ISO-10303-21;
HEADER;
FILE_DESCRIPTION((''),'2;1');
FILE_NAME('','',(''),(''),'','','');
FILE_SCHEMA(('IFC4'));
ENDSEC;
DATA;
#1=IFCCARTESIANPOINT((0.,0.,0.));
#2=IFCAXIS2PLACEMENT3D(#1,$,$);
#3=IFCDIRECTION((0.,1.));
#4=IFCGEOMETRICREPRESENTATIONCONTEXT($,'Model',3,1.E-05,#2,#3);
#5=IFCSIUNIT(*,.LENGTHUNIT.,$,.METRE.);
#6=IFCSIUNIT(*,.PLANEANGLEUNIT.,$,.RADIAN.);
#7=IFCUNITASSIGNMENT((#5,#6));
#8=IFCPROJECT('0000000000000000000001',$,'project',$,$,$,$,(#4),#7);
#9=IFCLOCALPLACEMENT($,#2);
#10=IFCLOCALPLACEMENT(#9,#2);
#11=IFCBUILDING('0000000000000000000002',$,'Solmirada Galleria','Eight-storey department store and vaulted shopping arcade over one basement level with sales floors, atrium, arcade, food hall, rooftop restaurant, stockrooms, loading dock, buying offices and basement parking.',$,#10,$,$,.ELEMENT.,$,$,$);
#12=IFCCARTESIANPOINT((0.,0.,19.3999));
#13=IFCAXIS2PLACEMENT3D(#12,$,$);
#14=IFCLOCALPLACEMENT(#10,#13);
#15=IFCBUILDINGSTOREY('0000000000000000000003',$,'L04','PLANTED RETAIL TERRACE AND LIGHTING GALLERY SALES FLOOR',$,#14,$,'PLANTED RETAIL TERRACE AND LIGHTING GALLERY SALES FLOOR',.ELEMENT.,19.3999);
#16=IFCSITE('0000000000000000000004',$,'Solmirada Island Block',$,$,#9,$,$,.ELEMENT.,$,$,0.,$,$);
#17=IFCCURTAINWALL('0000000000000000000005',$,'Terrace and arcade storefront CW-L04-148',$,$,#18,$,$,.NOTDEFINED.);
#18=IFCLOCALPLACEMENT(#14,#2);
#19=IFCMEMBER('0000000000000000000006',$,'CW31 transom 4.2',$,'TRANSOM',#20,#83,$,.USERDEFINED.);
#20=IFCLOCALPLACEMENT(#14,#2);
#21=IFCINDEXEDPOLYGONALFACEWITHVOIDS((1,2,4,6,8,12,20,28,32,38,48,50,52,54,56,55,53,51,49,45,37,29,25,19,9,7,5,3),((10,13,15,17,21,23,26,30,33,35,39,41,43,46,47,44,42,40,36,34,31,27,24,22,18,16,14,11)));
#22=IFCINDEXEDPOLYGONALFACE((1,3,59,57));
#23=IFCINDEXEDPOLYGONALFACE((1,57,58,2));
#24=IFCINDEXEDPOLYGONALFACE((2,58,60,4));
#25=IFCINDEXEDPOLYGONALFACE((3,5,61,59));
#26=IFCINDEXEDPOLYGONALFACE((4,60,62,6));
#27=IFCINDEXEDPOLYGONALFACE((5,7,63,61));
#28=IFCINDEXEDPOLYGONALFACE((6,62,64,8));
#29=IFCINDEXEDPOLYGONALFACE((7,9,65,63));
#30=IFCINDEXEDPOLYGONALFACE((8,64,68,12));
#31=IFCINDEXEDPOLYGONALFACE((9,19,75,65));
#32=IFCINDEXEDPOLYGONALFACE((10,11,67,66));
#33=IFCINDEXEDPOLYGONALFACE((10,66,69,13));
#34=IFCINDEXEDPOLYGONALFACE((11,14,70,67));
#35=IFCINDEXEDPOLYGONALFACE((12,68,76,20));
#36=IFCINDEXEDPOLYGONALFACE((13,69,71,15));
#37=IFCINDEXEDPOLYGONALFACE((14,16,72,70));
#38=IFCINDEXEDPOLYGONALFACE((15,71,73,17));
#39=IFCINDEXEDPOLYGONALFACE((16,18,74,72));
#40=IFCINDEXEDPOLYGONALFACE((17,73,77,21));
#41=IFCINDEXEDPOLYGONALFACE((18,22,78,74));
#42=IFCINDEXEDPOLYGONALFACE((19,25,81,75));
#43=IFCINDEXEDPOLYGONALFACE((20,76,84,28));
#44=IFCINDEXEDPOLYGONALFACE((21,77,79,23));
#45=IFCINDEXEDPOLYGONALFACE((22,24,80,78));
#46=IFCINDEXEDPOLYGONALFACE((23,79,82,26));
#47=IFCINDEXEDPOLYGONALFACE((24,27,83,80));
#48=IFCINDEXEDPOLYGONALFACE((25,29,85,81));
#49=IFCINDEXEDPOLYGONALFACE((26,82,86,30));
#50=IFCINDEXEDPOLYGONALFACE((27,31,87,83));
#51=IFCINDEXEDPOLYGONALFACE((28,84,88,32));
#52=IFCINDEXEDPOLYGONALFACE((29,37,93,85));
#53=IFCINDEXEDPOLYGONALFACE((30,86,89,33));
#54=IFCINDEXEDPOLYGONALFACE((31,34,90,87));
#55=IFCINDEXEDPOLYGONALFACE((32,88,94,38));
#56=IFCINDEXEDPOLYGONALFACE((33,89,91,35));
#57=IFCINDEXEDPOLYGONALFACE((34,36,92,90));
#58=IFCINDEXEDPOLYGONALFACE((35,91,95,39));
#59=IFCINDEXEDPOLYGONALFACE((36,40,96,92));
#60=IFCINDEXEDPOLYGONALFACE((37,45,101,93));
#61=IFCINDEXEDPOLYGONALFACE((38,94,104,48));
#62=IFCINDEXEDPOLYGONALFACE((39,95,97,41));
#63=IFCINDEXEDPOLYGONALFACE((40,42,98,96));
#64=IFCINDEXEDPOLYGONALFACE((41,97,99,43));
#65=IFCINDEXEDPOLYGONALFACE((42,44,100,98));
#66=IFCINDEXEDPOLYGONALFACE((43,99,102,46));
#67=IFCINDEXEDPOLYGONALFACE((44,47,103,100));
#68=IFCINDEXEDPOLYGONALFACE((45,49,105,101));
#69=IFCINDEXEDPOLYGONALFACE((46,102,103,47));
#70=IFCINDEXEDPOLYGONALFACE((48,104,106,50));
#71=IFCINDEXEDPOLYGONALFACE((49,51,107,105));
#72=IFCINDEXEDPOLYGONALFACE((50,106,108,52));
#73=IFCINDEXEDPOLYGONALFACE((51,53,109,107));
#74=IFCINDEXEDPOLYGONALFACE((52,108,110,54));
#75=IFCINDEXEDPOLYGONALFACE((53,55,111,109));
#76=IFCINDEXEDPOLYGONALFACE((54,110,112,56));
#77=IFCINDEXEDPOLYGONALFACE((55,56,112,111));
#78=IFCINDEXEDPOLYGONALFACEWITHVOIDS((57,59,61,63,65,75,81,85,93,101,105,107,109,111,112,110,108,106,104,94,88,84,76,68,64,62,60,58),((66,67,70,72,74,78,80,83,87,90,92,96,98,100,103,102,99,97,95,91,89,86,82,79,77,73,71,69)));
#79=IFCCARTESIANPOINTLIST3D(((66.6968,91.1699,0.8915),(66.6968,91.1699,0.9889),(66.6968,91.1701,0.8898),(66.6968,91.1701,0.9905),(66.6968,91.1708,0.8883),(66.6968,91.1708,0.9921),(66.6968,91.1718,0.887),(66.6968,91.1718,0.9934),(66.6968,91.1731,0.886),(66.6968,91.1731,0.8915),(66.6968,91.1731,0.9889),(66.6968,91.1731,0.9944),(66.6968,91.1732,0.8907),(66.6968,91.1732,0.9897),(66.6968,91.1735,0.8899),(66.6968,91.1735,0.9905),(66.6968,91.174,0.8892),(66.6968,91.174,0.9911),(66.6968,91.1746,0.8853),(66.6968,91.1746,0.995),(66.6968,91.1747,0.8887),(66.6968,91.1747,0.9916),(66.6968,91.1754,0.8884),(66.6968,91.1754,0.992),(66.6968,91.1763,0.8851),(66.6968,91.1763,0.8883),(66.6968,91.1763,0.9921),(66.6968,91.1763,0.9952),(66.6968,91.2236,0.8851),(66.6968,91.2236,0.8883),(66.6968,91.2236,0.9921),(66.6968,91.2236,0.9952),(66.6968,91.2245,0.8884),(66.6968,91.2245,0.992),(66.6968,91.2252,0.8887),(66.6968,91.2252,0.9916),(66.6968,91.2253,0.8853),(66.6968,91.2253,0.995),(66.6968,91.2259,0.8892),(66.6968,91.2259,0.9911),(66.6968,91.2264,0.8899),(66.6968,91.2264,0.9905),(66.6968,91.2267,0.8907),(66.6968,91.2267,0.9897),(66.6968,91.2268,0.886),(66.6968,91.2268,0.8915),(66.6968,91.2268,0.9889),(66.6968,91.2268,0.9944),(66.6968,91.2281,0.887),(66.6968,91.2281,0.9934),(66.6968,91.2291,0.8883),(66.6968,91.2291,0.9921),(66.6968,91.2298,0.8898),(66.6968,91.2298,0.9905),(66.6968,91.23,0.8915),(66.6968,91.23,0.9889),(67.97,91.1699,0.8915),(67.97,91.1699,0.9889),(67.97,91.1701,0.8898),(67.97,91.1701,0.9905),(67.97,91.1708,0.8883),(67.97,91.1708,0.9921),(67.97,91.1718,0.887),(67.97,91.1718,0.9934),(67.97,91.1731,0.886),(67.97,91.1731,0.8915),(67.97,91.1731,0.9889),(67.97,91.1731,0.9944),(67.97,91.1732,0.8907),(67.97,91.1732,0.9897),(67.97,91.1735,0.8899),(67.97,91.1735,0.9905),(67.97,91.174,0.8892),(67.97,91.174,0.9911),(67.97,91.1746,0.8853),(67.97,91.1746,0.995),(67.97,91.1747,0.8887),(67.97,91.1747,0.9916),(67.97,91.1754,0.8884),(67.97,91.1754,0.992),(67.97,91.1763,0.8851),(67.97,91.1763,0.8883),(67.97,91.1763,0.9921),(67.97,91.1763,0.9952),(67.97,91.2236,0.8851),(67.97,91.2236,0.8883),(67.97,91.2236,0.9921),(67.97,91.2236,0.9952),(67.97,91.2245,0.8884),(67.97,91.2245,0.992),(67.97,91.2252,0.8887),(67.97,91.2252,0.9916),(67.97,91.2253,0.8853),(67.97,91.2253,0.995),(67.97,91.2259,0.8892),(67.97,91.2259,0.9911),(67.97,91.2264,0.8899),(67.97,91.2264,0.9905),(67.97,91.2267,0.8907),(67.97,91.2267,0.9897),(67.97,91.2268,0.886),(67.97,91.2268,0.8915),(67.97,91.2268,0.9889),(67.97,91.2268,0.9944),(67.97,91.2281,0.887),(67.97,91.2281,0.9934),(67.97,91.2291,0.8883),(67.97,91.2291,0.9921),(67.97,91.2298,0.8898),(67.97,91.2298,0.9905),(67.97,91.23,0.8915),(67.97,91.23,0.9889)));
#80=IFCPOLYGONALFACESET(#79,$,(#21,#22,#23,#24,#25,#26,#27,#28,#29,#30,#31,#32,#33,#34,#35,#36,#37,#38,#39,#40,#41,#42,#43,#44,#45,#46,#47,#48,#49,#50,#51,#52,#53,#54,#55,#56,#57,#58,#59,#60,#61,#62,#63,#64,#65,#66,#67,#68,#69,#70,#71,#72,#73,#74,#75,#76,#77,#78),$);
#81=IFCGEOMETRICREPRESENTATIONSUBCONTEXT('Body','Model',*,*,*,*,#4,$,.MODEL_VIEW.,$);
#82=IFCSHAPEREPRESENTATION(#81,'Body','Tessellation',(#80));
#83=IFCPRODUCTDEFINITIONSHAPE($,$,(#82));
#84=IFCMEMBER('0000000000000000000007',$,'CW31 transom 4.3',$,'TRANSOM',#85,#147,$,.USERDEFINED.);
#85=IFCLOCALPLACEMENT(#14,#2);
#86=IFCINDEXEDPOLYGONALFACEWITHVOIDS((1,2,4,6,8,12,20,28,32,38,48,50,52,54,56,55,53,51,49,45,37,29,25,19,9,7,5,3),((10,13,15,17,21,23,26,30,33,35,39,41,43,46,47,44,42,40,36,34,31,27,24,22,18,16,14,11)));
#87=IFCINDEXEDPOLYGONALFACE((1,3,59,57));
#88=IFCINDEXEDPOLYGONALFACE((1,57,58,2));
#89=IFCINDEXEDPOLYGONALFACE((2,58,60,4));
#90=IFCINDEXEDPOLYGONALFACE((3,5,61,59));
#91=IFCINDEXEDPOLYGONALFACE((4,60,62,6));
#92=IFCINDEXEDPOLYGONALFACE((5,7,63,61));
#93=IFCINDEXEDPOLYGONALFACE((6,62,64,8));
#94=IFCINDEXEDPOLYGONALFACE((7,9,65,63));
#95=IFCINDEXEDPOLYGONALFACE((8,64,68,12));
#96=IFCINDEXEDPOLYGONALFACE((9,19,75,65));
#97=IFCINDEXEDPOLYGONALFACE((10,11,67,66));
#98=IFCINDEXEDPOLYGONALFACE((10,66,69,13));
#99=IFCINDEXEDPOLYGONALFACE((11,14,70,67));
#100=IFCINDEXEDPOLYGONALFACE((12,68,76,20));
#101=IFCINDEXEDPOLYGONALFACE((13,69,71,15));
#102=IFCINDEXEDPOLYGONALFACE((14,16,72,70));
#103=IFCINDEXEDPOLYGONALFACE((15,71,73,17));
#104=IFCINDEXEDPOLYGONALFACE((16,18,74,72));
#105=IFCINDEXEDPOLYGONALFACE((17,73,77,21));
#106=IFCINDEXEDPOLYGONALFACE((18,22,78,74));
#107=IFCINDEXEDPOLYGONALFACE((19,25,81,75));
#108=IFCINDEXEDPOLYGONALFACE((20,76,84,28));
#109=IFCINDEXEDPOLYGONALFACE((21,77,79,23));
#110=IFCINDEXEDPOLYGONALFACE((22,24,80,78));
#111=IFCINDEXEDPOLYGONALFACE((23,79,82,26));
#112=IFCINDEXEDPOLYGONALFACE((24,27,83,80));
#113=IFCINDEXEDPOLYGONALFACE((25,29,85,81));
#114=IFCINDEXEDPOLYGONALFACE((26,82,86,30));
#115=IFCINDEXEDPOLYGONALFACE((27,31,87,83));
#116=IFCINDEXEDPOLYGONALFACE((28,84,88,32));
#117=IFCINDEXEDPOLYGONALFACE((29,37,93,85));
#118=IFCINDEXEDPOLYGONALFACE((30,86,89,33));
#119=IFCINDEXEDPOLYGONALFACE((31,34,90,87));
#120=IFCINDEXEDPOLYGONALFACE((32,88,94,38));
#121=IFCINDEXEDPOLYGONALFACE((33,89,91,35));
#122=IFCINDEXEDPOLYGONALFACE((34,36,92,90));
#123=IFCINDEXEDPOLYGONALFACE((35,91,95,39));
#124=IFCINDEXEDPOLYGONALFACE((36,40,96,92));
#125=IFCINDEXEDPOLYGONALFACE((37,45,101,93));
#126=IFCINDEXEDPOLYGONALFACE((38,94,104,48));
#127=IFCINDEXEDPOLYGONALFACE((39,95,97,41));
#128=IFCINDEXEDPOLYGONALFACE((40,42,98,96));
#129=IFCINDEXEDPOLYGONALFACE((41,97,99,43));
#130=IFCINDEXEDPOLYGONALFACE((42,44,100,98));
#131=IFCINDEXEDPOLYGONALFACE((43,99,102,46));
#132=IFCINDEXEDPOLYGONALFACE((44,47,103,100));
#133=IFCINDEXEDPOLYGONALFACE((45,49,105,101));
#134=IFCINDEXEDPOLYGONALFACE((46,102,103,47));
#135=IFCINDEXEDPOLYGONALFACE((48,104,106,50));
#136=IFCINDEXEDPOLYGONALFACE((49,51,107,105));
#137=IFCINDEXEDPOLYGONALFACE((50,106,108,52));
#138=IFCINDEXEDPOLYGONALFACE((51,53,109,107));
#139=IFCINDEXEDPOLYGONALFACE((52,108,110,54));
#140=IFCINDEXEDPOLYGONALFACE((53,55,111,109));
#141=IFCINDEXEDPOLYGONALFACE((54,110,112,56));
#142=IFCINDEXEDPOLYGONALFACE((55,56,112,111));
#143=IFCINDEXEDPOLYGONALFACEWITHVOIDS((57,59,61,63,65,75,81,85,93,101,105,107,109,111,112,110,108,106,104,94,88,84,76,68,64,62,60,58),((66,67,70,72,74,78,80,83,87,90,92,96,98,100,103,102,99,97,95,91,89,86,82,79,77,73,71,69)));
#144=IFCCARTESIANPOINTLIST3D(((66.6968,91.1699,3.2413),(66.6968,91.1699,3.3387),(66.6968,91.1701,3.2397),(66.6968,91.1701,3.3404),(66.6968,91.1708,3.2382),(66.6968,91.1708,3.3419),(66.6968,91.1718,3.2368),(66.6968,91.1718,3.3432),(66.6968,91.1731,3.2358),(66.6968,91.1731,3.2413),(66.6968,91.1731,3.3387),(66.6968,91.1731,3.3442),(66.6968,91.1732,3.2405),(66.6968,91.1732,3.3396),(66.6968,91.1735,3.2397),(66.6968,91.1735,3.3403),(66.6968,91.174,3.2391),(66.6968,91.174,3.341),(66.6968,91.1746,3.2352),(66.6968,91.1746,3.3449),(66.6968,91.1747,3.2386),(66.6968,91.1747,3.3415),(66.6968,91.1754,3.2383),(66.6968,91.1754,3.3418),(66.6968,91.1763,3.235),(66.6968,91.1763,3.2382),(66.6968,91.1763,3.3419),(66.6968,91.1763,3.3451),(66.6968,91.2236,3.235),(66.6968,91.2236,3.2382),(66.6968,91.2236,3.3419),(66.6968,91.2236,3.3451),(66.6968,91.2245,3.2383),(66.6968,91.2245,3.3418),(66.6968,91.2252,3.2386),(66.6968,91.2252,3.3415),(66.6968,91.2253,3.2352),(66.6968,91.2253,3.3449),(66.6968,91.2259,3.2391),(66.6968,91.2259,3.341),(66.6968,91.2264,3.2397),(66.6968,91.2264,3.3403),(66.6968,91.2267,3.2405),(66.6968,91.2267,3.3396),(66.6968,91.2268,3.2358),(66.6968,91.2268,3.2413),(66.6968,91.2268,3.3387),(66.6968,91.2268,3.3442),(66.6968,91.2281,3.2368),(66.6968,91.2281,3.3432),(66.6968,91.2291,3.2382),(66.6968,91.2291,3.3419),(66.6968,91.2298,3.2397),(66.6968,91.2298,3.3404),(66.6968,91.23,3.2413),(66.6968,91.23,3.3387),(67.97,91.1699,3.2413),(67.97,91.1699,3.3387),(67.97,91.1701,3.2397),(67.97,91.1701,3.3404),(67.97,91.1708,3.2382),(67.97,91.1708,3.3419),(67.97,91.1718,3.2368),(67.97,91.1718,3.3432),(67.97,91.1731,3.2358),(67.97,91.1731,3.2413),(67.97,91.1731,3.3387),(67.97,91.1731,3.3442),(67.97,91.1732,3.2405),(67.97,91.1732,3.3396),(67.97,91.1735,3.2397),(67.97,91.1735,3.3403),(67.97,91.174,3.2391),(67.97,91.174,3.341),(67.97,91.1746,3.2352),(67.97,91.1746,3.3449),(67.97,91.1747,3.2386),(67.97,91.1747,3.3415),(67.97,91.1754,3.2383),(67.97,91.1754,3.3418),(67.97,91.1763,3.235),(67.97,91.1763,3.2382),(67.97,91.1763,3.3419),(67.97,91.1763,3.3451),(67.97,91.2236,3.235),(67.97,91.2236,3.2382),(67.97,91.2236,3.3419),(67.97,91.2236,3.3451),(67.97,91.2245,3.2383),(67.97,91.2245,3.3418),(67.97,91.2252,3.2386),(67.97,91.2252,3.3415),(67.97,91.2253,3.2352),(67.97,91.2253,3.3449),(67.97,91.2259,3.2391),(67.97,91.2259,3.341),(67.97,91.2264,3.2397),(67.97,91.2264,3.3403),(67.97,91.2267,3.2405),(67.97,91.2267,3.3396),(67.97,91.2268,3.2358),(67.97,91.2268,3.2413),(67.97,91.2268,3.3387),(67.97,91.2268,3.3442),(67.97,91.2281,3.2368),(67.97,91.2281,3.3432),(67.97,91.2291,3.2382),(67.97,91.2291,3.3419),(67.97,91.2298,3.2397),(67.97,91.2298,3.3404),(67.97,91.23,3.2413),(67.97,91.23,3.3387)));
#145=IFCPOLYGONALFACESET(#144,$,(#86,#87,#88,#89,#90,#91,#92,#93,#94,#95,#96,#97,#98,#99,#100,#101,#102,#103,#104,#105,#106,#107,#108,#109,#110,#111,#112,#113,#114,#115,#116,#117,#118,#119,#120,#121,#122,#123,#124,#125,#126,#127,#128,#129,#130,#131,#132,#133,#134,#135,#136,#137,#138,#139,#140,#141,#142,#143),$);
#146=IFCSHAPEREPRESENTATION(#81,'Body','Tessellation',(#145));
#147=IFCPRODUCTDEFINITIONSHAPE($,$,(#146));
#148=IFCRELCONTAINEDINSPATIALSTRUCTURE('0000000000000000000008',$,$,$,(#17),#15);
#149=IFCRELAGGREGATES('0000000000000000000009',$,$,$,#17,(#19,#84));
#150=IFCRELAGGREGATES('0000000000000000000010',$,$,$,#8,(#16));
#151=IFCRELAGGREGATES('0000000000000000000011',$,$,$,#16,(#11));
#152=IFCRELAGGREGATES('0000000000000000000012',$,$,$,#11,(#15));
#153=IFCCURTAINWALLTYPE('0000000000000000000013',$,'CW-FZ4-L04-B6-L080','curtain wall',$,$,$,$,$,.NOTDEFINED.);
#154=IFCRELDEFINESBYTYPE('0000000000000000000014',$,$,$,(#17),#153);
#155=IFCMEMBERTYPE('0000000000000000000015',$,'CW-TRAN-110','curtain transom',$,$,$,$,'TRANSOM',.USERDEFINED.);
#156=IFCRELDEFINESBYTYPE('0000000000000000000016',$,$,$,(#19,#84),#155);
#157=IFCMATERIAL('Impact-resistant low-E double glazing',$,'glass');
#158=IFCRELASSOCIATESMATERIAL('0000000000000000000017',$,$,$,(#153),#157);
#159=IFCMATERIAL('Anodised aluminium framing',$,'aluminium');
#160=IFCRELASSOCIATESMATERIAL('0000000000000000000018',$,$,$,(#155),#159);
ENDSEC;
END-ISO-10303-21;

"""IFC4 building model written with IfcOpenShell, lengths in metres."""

from ifc_helpers import new_model, si_unit, direction, frame, origin, origin_2d, place, context, subcontext, project, spatial, hollow_rectangle, extrude, material, material_profile, profile_set, type_object, element, aggregate, save


model = new_model("IFC4")

# Units and contexts
model_context = context("Model", 3, precision=1e-05, world=origin(), true_north=direction((0.0, 1.0)))
body_context = subcontext(model_context, "Body", "Model", "MODEL_VIEW")
ifc_project = project(units=[si_unit("LENGTHUNIT", "METRE"), si_unit("PLANEANGLEUNIT", "RADIAN")], contexts=[model_context])

# Site, building, storey
site_placement = place(None, origin())
site = spatial("IfcSite", under=ifc_project, at=site_placement, Name="Solmirada Island Block", CompositionType="ELEMENT", RefElevation=0.0)
building_placement = place(site_placement, origin())
building = spatial("IfcBuilding", under=site, at=building_placement, Name="Solmirada Galleria", Description="Eight-storey department store and vaulted shopping arcade over one basement level with sales floors, atrium, arcade, food hall, rooftop restaurant, stockrooms, loading dock, buying offices and basement parking.", CompositionType="ELEMENT")
storey_placement = place(building_placement, frame((0.0, 0.0, 19.3999)))
storey = spatial("IfcBuildingStorey", under=building, at=storey_placement, Name="L04", Description="PLANTED RETAIL TERRACE AND LIGHTING GALLERY SALES FLOOR", LongName="PLANTED RETAIL TERRACE AND LIGHTING GALLERY SALES FLOOR", CompositionType="ELEMENT", Elevation=19.3999)

# Curtain wall, members
ifc_material_1 = material(Name="Impact-resistant low-E double glazing", Category="glass")
curtain_wall_type = type_object("IfcCurtainWallType", Name="CW-FZ4-L04-B6-L080", Description="curtain wall", PredefinedType="NOTDEFINED", material=ifc_material_1)
curtain_wall_placement = place(storey_placement, origin())
curtain_wall = element("IfcCurtainWall", 1, at=curtain_wall_placement, inside=storey, type_object=curtain_wall_type, Name="Terrace and arcade storefront CW-L04-148", PredefinedType="NOTDEFINED")
ifc_material_2 = material(Name="Anodised aluminium framing", Category="aluminium")
ifc_material_profile_1 = material_profile(ifc_material_2, hollow_rectangle(XDim=0.0601, YDim=0.1101, WallThickness=0.0032, InnerFilletRadius=0.0032, OuterFilletRadius=0.0063, at=origin_2d()), Name="ALU-TRAN-110X60")
ifc_profile_set_1 = profile_set([ifc_material_profile_1], Name="Anodised aluminium framing")
member_type_1 = type_object("IfcMemberType", Name="CW-TRAN-110", Description="curtain transom", ElementType="TRANSOM", PredefinedType="USERDEFINED", material=ifc_profile_set_1)
member_1_placement = place(storey_placement, frame((67.97, 91.2, 0.9402), z_axis=(-1.0, 0.0, 0.0), x_axis=(0.0, -1.0, 0.0)))
member_1 = element("IfcMember", 2, at=member_1_placement, type_object=member_type_1, Name="CW31 transom 4.2", ObjectType="TRANSOM", PredefinedType="USERDEFINED", context=body_context, shape_type="SweptSolid", body=[
    extrude(hollow_rectangle(XDim=0.0601, YDim=0.1101, WallThickness=0.0032, InnerFilletRadius=0.0032, OuterFilletRadius=0.0063, at=origin_2d()), origin(), (0.0, 0.0, 1.0), 1.2732),
])
member_2_placement = place(storey_placement, frame((67.97, 91.2, 3.29), z_axis=(-1.0, 0.0, 0.0), x_axis=(0.0, -1.0, 0.0)))
member_2 = element("IfcMember", 3, at=member_2_placement, type_object=member_type_1, Name="CW31 transom 4.3", ObjectType="TRANSOM", PredefinedType="USERDEFINED", context=body_context, shape_type="SweptSolid", body=[
    extrude(hollow_rectangle(XDim=0.0601, YDim=0.1101, WallThickness=0.0032, InnerFilletRadius=0.0032, OuterFilletRadius=0.0063, at=origin_2d()), origin(), (0.0, 0.0, 1.0), 1.2732),
])
aggregate(curtain_wall, [member_1, member_2])

save(model, "model.ifc")
